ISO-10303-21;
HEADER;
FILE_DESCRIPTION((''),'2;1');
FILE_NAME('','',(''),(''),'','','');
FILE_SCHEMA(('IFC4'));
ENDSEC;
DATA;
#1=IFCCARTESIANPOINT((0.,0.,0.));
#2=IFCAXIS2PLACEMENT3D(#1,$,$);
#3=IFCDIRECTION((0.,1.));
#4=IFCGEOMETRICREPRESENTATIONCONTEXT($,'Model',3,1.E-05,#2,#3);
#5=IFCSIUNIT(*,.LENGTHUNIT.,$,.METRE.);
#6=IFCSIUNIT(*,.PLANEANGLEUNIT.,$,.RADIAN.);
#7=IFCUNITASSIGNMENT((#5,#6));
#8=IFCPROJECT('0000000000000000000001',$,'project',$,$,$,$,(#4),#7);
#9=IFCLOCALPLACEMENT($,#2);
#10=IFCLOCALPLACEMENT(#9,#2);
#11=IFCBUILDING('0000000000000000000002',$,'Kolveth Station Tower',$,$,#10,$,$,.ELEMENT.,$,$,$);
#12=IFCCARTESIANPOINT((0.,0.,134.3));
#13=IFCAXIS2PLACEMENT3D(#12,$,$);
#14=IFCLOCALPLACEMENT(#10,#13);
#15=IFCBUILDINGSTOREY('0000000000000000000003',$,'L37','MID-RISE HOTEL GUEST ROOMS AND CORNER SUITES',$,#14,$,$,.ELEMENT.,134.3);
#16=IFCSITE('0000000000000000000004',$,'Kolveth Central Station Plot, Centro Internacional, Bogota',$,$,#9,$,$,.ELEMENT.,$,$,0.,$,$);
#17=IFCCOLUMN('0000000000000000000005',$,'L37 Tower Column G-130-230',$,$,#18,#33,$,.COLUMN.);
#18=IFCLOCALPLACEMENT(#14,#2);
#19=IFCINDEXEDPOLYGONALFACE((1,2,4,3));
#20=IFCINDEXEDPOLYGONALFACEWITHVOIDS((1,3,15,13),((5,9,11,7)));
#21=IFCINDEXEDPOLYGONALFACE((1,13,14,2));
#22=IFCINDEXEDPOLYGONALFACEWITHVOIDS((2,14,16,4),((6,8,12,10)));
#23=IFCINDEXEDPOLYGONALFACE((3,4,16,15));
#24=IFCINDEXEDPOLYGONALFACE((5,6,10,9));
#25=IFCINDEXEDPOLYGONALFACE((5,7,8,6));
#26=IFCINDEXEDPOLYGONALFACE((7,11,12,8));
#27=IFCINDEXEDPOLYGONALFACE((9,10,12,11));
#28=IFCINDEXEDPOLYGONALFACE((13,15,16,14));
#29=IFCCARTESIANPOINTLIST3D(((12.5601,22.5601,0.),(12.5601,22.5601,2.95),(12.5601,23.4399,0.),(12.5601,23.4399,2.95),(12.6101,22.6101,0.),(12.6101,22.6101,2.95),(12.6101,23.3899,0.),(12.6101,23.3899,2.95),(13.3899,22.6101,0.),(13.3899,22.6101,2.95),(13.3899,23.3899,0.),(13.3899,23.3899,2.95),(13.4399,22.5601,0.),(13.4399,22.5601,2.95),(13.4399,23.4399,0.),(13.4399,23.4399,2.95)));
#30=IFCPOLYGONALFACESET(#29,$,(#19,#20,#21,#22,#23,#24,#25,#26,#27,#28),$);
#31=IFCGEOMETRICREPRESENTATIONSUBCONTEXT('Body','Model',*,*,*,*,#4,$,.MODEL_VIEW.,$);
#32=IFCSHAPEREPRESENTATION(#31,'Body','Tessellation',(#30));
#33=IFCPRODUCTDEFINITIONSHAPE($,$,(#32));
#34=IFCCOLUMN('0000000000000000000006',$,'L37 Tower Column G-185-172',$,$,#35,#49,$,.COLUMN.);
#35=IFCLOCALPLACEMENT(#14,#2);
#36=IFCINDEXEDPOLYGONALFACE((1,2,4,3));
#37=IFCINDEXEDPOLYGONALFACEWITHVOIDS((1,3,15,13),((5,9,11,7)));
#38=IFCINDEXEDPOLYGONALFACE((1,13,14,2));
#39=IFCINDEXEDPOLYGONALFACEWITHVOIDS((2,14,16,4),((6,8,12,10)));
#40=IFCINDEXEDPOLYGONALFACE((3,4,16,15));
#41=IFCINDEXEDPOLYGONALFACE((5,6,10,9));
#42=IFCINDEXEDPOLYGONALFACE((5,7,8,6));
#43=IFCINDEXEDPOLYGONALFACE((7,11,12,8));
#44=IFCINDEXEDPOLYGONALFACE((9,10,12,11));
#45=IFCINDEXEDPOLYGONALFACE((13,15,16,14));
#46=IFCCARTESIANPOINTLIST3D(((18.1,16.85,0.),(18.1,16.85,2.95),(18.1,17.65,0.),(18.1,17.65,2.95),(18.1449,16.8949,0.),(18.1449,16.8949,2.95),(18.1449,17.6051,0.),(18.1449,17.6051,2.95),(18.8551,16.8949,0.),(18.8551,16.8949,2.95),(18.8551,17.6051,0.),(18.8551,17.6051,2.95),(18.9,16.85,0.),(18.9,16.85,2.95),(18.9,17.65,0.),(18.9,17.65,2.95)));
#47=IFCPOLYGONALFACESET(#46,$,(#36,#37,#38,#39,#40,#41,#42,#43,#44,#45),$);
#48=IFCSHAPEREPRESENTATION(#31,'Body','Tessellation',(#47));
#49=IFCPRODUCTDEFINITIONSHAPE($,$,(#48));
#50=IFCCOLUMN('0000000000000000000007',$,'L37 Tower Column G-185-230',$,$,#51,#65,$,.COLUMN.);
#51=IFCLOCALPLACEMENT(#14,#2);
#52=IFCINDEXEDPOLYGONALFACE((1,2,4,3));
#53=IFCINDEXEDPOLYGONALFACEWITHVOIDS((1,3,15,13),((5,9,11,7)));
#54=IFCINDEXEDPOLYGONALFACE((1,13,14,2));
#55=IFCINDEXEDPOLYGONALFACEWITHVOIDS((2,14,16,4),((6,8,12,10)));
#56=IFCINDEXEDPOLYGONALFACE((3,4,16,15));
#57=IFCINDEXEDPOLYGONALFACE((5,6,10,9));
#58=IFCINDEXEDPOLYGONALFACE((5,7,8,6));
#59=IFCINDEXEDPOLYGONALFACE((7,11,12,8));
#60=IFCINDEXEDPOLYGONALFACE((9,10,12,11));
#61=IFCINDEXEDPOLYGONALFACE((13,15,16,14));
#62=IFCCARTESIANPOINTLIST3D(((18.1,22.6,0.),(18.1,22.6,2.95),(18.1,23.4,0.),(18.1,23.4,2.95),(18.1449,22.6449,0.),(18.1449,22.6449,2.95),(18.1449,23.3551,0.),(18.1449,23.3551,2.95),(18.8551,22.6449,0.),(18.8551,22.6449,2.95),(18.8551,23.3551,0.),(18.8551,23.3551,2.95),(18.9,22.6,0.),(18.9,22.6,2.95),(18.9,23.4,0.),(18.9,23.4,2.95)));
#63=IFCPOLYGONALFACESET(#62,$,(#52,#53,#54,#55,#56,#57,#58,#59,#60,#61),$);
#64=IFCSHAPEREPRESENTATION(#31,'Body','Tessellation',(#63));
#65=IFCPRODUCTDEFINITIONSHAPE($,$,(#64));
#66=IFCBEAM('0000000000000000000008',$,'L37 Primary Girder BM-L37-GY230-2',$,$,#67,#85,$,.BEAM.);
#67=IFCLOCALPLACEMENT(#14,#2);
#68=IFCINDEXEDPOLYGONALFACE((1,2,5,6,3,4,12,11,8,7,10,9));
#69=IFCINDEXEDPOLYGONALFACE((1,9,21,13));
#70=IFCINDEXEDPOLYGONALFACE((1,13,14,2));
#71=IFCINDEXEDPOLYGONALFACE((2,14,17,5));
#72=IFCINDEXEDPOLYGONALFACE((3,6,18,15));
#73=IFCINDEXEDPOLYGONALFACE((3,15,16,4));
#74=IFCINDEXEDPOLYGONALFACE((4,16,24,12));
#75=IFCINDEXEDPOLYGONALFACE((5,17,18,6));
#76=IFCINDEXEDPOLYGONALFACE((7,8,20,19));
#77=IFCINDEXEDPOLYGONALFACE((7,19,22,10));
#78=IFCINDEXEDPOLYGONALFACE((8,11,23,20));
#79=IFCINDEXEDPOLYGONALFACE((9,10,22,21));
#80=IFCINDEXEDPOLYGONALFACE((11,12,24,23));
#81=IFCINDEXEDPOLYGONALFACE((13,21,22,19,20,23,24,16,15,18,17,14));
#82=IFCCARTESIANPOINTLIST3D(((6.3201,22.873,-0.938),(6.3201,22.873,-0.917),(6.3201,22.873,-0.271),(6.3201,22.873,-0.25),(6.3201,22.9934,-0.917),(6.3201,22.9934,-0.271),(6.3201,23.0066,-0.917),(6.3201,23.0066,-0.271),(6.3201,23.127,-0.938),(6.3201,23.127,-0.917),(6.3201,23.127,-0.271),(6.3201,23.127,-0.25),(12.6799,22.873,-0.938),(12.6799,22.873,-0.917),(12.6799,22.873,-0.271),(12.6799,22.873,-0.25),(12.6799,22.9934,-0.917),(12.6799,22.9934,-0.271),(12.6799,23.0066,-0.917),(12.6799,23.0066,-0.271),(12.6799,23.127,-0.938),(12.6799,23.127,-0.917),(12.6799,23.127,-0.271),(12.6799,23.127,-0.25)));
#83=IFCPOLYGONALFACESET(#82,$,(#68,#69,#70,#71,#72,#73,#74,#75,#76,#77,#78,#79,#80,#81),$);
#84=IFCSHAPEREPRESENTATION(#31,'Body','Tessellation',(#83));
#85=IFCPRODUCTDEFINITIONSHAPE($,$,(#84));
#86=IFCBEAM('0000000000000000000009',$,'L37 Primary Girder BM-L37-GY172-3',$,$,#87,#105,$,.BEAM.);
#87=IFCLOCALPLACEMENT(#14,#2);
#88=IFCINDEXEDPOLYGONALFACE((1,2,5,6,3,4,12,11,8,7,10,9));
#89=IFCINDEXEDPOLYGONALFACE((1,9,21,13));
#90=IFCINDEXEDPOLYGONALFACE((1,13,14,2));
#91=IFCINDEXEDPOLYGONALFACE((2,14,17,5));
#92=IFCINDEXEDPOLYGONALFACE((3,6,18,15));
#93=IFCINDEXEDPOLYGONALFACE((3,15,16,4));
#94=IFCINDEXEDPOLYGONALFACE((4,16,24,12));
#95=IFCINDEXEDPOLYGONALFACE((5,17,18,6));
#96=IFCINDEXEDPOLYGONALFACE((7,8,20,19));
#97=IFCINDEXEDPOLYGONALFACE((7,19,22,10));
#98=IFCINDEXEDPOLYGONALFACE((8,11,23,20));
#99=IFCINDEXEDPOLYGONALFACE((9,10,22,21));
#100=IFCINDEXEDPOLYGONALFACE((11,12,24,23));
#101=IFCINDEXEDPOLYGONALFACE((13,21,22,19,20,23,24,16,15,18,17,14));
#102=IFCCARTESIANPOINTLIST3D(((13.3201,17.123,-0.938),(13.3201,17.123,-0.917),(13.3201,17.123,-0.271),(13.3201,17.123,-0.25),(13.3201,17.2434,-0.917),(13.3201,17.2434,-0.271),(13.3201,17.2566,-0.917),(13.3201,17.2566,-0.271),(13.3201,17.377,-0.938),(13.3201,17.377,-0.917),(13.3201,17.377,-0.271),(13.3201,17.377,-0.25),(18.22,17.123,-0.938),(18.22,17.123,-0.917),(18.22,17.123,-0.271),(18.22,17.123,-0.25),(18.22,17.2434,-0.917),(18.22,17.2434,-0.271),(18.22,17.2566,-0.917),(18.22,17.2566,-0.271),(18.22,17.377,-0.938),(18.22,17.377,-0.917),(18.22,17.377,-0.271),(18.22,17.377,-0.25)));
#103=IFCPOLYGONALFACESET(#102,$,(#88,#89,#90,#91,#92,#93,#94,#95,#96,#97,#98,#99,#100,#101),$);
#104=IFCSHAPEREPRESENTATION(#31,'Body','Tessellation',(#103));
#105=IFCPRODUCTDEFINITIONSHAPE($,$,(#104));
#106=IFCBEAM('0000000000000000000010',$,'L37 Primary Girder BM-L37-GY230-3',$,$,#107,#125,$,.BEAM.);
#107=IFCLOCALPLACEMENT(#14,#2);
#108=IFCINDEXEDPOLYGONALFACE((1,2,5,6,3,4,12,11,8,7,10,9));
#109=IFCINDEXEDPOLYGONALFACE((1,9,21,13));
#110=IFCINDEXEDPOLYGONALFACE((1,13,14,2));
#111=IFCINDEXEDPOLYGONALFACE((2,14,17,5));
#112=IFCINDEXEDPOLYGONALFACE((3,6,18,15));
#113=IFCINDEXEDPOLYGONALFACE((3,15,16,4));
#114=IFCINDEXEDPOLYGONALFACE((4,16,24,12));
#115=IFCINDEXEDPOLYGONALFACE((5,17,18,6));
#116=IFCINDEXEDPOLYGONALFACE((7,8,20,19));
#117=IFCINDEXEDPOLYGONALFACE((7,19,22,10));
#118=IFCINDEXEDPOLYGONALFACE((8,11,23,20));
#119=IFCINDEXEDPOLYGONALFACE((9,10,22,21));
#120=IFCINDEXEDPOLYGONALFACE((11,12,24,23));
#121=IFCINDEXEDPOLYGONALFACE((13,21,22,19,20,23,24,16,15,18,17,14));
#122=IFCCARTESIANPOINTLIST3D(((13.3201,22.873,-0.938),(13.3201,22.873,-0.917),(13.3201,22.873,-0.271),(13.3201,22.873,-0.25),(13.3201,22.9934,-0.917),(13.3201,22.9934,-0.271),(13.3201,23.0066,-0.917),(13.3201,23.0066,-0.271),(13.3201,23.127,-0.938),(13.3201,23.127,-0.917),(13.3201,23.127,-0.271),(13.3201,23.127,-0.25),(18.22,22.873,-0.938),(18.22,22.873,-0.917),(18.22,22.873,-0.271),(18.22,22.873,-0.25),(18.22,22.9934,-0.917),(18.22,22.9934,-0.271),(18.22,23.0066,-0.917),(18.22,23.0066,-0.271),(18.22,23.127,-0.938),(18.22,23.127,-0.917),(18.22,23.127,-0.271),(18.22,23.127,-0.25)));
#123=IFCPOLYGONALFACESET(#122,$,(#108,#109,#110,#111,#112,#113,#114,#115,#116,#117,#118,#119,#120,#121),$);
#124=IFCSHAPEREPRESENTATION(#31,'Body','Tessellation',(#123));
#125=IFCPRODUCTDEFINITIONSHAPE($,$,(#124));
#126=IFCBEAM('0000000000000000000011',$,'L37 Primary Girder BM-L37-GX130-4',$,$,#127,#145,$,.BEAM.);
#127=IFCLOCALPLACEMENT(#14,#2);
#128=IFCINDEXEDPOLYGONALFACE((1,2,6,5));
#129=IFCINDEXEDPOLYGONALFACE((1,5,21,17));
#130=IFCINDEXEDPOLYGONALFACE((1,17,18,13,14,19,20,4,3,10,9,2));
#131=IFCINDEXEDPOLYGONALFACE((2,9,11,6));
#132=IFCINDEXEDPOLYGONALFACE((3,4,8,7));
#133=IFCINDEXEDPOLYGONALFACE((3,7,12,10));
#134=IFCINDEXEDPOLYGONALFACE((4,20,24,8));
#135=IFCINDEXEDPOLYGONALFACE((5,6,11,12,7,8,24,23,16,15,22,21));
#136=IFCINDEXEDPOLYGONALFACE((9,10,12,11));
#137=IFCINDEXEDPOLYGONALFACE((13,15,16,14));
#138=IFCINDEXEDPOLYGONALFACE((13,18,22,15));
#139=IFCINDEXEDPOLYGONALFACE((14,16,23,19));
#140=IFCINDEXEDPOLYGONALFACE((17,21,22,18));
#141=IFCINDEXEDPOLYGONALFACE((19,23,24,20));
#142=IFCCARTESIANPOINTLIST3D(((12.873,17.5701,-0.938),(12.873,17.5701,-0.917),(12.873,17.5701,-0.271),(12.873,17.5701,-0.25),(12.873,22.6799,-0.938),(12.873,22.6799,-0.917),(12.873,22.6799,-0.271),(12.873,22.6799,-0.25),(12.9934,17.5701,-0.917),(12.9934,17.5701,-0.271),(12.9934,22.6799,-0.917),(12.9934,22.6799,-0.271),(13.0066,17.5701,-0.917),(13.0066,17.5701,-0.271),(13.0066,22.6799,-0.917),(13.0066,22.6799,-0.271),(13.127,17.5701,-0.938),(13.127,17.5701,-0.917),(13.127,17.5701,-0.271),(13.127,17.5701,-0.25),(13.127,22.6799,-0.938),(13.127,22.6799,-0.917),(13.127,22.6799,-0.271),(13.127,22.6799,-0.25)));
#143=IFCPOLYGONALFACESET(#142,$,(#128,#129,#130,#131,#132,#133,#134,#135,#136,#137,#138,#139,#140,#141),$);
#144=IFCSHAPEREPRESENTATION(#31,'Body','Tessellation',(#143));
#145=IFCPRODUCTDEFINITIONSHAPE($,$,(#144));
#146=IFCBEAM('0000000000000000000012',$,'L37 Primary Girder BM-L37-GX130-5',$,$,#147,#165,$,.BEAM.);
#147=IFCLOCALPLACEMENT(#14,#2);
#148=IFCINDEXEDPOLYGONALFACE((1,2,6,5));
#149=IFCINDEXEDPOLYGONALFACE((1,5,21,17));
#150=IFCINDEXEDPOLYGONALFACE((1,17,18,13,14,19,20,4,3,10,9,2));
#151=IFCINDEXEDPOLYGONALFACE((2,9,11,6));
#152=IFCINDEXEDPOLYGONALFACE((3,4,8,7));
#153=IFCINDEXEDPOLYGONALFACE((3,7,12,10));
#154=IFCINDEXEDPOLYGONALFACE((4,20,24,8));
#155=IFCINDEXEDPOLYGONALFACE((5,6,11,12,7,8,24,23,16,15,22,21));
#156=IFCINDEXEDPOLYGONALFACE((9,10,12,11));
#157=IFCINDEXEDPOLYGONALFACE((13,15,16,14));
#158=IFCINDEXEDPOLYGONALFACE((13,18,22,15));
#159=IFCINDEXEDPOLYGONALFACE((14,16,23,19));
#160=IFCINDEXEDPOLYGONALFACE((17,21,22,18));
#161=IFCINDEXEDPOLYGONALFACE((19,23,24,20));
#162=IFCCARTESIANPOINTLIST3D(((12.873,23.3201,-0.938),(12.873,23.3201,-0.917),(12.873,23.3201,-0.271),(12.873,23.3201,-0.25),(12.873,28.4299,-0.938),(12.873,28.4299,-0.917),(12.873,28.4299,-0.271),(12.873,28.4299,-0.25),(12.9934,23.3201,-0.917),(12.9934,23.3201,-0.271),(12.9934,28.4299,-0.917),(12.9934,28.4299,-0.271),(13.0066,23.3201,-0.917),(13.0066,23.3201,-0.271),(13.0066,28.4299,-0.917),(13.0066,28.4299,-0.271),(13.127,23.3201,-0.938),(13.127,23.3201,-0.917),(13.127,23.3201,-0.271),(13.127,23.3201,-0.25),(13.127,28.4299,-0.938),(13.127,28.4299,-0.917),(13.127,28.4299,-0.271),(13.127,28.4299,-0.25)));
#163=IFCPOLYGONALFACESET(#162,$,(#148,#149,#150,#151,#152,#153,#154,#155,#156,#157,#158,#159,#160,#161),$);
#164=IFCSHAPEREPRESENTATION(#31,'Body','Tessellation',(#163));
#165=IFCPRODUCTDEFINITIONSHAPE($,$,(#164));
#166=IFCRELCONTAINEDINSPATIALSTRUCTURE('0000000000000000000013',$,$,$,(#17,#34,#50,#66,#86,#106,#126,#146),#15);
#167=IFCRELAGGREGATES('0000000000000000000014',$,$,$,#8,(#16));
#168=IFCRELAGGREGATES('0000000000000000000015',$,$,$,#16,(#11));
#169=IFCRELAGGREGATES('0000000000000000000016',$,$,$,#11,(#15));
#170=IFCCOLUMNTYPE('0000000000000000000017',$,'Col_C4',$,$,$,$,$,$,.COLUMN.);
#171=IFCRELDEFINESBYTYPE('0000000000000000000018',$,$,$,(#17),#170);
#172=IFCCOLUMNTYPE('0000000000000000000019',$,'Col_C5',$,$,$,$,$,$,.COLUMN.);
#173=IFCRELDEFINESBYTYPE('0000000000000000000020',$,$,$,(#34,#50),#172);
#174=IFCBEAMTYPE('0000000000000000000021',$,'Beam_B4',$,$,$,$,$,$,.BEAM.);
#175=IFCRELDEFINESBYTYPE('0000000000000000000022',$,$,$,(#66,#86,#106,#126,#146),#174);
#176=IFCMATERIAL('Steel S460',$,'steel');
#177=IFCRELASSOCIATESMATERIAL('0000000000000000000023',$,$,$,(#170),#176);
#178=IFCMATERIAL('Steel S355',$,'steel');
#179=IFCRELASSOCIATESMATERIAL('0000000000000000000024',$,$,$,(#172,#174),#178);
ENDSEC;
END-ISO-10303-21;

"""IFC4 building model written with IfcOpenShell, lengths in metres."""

from ifc_helpers import new_model, si_unit, direction, frame, origin, origin_2d, place, context, subcontext, project, spatial, hollow_rectangle, i_section, extrude, source, transform, mapped, material, material_profile, profile_set, type_object, element, save


model = new_model("IFC4")

# Units and contexts
model_context = context("Model", 3, precision=1e-05, world=origin(), true_north=direction((0.0, 1.0)))
body_context = subcontext(model_context, "Body", "Model", "MODEL_VIEW")
ifc_project = project(units=[si_unit("LENGTHUNIT", "METRE"), si_unit("PLANEANGLEUNIT", "RADIAN")], contexts=[model_context])

# Site, building, storey
site_placement = place(None, origin())
site = spatial("IfcSite", under=ifc_project, at=site_placement, Name="Kolveth Central Station Plot, Centro Internacional, Bogota", CompositionType="ELEMENT", RefElevation=0.0)
building_placement = place(site_placement, origin())
building = spatial("IfcBuilding", under=site, at=building_placement, Name="Kolveth Station Tower", CompositionType="ELEMENT")
storey_placement = place(building_placement, frame((0.0, 0.0, 134.3)))
storey = spatial("IfcBuildingStorey", under=building, at=storey_placement, Name="L37", Description="MID-RISE HOTEL GUEST ROOMS AND CORNER SUITES", CompositionType="ELEMENT", Elevation=134.3)

# Columns
ifc_material_1 = material(Name="Steel S460", Category="steel")
ifc_material_profile_1 = material_profile(ifc_material_1, hollow_rectangle(XDim=0.8799, YDim=0.8799, WallThickness=0.05, at=origin_2d()), Name="BOX880x880x50")
ifc_profile_set_1 = profile_set([ifc_material_profile_1], Name="Steel S460")
column_type_1 = type_object("IfcColumnType", Name="Col_C4", PredefinedType="COLUMN", material=ifc_profile_set_1)
shared_shape_1 = source(origin(), body_context, "Body", "SweptSolid", [
    extrude(hollow_rectangle(XDim=0.8799, YDim=0.8799, WallThickness=0.05, at=origin_2d()), origin(), (0.0, 0.0, 1.0), 2.95),
])
column_placement = place(storey_placement, frame((13.0, 23.0, 0.0), z_axis=(0.0, 0.0, 1.0), x_axis=(1.0, 0.0, 0.0)))
element("IfcColumn", 1, at=column_placement, inside=storey, type_object=column_type_1, Name="L37 Tower Column G-130-230", PredefinedType="COLUMN", context=body_context, shape_type="MappedRepresentation", body=[
    mapped(shared_shape_1, transform((0.0, 0.0, 0.0), x_axis=(1.0, 0.0, 0.0), y_axis=(0.0, 1.0, 0.0), z_axis=(0.0, 0.0, 1.0), scale=1.0)),
])
ifc_material_2 = material(Name="Steel S355", Category="steel")
ifc_material_profile_2 = material_profile(ifc_material_2, hollow_rectangle(XDim=0.8, YDim=0.8, WallThickness=0.0449, at=origin_2d()), Name="BOX800x800x45")
ifc_profile_set_2 = profile_set([ifc_material_profile_2], Name="Steel S355")
column_type_2 = type_object("IfcColumnType", Name="Col_C5", PredefinedType="COLUMN", material=ifc_profile_set_2)
shared_shape_2 = source(origin(), body_context, "Body", "SweptSolid", [
    extrude(hollow_rectangle(XDim=0.8, YDim=0.8, WallThickness=0.0449, at=origin_2d()), origin(), (0.0, 0.0, 1.0), 2.95),
])
for number, where, z_axis, x_axis, name in (
    (2, (18.5, 17.25, 0.0), (0.0, 0.0, 1.0), (1.0, 0.0, 0.0), "L37 Tower Column G-185-172"),
    (3, (18.5, 23.0, 0.0), (0.0, 0.0, 1.0), (1.0, 0.0, 0.0), "L37 Tower Column G-185-230"),
):
    element("IfcColumn", number, at=place(storey_placement, frame(where, z_axis=z_axis, x_axis=x_axis)), inside=storey, type_object=column_type_2, Name=name, PredefinedType="COLUMN", context=body_context, shape_type="MappedRepresentation", body=[
        mapped(shared_shape_2, transform((0.0, 0.0, 0.0), x_axis=(1.0, 0.0, 0.0), y_axis=(0.0, 1.0, 0.0), z_axis=(0.0, 0.0, 1.0), scale=1.0)),
    ])

# Beams
ifc_material_profile_3 = material_profile(ifc_material_2, i_section(OverallWidth=0.2539, OverallDepth=0.688, WebThickness=0.0132, FlangeThickness=0.021, at=origin_2d()), Name="W690x152")
ifc_profile_set_3 = profile_set([ifc_material_profile_3], Name="Steel S355")
beam_type_1 = type_object("IfcBeamType", Name="Beam_B4", PredefinedType="BEAM", material=ifc_profile_set_3)
shared_shape_3 = source(origin(), body_context, "Body", "SweptSolid", [
    extrude(i_section(OverallWidth=0.2539, OverallDepth=0.688, WebThickness=0.0132, FlangeThickness=0.021, at=origin_2d()), origin(), (0.0, 0.0, 1.0), 6.3599),
])
beam_1_placement = place(storey_placement, frame((6.3201, 23.0, -0.594), z_axis=(1.0, 0.0, 0.0), x_axis=(0.0, 1.0, 0.0)))
element("IfcBeam", 4, at=beam_1_placement, inside=storey, type_object=beam_type_1, Name="L37 Primary Girder BM-L37-GY230-2", PredefinedType="BEAM", context=body_context, shape_type="MappedRepresentation", body=[
    mapped(shared_shape_3, transform((0.0, 0.0, 0.0), x_axis=(1.0, 0.0, 0.0), y_axis=(0.0, 1.0, 0.0), z_axis=(0.0, 0.0, 1.0), scale=1.0)),
])
shared_shape_4 = source(origin(), body_context, "Body", "SweptSolid", [
    extrude(i_section(OverallWidth=0.2539, OverallDepth=0.688, WebThickness=0.0132, FlangeThickness=0.021, at=origin_2d()), origin(), (0.0, 0.0, 1.0), 4.8999),
])
for number, where, z_axis, x_axis, name in (
    (5, (13.3201, 17.25, -0.594), (1.0, 0.0, 0.0), (0.0, 1.0, 0.0), "L37 Primary Girder BM-L37-GY172-3"),
    (6, (13.3201, 23.0, -0.594), (1.0, 0.0, 0.0), (0.0, 1.0, 0.0), "L37 Primary Girder BM-L37-GY230-3"),
):
    element("IfcBeam", number, at=place(storey_placement, frame(where, z_axis=z_axis, x_axis=x_axis)), inside=storey, type_object=beam_type_1, Name=name, PredefinedType="BEAM", context=body_context, shape_type="MappedRepresentation", body=[
        mapped(shared_shape_4, transform((0.0, 0.0, 0.0), x_axis=(1.0, 0.0, 0.0), y_axis=(0.0, 1.0, 0.0), z_axis=(0.0, 0.0, 1.0), scale=1.0)),
    ])
shared_shape_5 = source(origin(), body_context, "Body", "SweptSolid", [
    extrude(i_section(OverallWidth=0.2539, OverallDepth=0.688, WebThickness=0.0132, FlangeThickness=0.021, at=origin_2d()), origin(), (0.0, 0.0, 1.0), 5.1099),
])
for number, where, z_axis, x_axis, name in (
    (7, (13.0, 17.5701, -0.594), (0.0, 1.0, 0.0), (-1.0, 0.0, 0.0), "L37 Primary Girder BM-L37-GX130-4"),
    (8, (13.0, 23.3201, -0.594), (0.0, 1.0, 0.0), (-1.0, 0.0, 0.0), "L37 Primary Girder BM-L37-GX130-5"),
):
    element("IfcBeam", number, at=place(storey_placement, frame(where, z_axis=z_axis, x_axis=x_axis)), inside=storey, type_object=beam_type_1, Name=name, PredefinedType="BEAM", context=body_context, shape_type="MappedRepresentation", body=[
        mapped(shared_shape_5, transform((0.0, 0.0, 0.0), x_axis=(1.0, 0.0, 0.0), y_axis=(0.0, 1.0, 0.0), z_axis=(0.0, 0.0, 1.0), scale=1.0)),
    ])

save(model, "model.ifc")
